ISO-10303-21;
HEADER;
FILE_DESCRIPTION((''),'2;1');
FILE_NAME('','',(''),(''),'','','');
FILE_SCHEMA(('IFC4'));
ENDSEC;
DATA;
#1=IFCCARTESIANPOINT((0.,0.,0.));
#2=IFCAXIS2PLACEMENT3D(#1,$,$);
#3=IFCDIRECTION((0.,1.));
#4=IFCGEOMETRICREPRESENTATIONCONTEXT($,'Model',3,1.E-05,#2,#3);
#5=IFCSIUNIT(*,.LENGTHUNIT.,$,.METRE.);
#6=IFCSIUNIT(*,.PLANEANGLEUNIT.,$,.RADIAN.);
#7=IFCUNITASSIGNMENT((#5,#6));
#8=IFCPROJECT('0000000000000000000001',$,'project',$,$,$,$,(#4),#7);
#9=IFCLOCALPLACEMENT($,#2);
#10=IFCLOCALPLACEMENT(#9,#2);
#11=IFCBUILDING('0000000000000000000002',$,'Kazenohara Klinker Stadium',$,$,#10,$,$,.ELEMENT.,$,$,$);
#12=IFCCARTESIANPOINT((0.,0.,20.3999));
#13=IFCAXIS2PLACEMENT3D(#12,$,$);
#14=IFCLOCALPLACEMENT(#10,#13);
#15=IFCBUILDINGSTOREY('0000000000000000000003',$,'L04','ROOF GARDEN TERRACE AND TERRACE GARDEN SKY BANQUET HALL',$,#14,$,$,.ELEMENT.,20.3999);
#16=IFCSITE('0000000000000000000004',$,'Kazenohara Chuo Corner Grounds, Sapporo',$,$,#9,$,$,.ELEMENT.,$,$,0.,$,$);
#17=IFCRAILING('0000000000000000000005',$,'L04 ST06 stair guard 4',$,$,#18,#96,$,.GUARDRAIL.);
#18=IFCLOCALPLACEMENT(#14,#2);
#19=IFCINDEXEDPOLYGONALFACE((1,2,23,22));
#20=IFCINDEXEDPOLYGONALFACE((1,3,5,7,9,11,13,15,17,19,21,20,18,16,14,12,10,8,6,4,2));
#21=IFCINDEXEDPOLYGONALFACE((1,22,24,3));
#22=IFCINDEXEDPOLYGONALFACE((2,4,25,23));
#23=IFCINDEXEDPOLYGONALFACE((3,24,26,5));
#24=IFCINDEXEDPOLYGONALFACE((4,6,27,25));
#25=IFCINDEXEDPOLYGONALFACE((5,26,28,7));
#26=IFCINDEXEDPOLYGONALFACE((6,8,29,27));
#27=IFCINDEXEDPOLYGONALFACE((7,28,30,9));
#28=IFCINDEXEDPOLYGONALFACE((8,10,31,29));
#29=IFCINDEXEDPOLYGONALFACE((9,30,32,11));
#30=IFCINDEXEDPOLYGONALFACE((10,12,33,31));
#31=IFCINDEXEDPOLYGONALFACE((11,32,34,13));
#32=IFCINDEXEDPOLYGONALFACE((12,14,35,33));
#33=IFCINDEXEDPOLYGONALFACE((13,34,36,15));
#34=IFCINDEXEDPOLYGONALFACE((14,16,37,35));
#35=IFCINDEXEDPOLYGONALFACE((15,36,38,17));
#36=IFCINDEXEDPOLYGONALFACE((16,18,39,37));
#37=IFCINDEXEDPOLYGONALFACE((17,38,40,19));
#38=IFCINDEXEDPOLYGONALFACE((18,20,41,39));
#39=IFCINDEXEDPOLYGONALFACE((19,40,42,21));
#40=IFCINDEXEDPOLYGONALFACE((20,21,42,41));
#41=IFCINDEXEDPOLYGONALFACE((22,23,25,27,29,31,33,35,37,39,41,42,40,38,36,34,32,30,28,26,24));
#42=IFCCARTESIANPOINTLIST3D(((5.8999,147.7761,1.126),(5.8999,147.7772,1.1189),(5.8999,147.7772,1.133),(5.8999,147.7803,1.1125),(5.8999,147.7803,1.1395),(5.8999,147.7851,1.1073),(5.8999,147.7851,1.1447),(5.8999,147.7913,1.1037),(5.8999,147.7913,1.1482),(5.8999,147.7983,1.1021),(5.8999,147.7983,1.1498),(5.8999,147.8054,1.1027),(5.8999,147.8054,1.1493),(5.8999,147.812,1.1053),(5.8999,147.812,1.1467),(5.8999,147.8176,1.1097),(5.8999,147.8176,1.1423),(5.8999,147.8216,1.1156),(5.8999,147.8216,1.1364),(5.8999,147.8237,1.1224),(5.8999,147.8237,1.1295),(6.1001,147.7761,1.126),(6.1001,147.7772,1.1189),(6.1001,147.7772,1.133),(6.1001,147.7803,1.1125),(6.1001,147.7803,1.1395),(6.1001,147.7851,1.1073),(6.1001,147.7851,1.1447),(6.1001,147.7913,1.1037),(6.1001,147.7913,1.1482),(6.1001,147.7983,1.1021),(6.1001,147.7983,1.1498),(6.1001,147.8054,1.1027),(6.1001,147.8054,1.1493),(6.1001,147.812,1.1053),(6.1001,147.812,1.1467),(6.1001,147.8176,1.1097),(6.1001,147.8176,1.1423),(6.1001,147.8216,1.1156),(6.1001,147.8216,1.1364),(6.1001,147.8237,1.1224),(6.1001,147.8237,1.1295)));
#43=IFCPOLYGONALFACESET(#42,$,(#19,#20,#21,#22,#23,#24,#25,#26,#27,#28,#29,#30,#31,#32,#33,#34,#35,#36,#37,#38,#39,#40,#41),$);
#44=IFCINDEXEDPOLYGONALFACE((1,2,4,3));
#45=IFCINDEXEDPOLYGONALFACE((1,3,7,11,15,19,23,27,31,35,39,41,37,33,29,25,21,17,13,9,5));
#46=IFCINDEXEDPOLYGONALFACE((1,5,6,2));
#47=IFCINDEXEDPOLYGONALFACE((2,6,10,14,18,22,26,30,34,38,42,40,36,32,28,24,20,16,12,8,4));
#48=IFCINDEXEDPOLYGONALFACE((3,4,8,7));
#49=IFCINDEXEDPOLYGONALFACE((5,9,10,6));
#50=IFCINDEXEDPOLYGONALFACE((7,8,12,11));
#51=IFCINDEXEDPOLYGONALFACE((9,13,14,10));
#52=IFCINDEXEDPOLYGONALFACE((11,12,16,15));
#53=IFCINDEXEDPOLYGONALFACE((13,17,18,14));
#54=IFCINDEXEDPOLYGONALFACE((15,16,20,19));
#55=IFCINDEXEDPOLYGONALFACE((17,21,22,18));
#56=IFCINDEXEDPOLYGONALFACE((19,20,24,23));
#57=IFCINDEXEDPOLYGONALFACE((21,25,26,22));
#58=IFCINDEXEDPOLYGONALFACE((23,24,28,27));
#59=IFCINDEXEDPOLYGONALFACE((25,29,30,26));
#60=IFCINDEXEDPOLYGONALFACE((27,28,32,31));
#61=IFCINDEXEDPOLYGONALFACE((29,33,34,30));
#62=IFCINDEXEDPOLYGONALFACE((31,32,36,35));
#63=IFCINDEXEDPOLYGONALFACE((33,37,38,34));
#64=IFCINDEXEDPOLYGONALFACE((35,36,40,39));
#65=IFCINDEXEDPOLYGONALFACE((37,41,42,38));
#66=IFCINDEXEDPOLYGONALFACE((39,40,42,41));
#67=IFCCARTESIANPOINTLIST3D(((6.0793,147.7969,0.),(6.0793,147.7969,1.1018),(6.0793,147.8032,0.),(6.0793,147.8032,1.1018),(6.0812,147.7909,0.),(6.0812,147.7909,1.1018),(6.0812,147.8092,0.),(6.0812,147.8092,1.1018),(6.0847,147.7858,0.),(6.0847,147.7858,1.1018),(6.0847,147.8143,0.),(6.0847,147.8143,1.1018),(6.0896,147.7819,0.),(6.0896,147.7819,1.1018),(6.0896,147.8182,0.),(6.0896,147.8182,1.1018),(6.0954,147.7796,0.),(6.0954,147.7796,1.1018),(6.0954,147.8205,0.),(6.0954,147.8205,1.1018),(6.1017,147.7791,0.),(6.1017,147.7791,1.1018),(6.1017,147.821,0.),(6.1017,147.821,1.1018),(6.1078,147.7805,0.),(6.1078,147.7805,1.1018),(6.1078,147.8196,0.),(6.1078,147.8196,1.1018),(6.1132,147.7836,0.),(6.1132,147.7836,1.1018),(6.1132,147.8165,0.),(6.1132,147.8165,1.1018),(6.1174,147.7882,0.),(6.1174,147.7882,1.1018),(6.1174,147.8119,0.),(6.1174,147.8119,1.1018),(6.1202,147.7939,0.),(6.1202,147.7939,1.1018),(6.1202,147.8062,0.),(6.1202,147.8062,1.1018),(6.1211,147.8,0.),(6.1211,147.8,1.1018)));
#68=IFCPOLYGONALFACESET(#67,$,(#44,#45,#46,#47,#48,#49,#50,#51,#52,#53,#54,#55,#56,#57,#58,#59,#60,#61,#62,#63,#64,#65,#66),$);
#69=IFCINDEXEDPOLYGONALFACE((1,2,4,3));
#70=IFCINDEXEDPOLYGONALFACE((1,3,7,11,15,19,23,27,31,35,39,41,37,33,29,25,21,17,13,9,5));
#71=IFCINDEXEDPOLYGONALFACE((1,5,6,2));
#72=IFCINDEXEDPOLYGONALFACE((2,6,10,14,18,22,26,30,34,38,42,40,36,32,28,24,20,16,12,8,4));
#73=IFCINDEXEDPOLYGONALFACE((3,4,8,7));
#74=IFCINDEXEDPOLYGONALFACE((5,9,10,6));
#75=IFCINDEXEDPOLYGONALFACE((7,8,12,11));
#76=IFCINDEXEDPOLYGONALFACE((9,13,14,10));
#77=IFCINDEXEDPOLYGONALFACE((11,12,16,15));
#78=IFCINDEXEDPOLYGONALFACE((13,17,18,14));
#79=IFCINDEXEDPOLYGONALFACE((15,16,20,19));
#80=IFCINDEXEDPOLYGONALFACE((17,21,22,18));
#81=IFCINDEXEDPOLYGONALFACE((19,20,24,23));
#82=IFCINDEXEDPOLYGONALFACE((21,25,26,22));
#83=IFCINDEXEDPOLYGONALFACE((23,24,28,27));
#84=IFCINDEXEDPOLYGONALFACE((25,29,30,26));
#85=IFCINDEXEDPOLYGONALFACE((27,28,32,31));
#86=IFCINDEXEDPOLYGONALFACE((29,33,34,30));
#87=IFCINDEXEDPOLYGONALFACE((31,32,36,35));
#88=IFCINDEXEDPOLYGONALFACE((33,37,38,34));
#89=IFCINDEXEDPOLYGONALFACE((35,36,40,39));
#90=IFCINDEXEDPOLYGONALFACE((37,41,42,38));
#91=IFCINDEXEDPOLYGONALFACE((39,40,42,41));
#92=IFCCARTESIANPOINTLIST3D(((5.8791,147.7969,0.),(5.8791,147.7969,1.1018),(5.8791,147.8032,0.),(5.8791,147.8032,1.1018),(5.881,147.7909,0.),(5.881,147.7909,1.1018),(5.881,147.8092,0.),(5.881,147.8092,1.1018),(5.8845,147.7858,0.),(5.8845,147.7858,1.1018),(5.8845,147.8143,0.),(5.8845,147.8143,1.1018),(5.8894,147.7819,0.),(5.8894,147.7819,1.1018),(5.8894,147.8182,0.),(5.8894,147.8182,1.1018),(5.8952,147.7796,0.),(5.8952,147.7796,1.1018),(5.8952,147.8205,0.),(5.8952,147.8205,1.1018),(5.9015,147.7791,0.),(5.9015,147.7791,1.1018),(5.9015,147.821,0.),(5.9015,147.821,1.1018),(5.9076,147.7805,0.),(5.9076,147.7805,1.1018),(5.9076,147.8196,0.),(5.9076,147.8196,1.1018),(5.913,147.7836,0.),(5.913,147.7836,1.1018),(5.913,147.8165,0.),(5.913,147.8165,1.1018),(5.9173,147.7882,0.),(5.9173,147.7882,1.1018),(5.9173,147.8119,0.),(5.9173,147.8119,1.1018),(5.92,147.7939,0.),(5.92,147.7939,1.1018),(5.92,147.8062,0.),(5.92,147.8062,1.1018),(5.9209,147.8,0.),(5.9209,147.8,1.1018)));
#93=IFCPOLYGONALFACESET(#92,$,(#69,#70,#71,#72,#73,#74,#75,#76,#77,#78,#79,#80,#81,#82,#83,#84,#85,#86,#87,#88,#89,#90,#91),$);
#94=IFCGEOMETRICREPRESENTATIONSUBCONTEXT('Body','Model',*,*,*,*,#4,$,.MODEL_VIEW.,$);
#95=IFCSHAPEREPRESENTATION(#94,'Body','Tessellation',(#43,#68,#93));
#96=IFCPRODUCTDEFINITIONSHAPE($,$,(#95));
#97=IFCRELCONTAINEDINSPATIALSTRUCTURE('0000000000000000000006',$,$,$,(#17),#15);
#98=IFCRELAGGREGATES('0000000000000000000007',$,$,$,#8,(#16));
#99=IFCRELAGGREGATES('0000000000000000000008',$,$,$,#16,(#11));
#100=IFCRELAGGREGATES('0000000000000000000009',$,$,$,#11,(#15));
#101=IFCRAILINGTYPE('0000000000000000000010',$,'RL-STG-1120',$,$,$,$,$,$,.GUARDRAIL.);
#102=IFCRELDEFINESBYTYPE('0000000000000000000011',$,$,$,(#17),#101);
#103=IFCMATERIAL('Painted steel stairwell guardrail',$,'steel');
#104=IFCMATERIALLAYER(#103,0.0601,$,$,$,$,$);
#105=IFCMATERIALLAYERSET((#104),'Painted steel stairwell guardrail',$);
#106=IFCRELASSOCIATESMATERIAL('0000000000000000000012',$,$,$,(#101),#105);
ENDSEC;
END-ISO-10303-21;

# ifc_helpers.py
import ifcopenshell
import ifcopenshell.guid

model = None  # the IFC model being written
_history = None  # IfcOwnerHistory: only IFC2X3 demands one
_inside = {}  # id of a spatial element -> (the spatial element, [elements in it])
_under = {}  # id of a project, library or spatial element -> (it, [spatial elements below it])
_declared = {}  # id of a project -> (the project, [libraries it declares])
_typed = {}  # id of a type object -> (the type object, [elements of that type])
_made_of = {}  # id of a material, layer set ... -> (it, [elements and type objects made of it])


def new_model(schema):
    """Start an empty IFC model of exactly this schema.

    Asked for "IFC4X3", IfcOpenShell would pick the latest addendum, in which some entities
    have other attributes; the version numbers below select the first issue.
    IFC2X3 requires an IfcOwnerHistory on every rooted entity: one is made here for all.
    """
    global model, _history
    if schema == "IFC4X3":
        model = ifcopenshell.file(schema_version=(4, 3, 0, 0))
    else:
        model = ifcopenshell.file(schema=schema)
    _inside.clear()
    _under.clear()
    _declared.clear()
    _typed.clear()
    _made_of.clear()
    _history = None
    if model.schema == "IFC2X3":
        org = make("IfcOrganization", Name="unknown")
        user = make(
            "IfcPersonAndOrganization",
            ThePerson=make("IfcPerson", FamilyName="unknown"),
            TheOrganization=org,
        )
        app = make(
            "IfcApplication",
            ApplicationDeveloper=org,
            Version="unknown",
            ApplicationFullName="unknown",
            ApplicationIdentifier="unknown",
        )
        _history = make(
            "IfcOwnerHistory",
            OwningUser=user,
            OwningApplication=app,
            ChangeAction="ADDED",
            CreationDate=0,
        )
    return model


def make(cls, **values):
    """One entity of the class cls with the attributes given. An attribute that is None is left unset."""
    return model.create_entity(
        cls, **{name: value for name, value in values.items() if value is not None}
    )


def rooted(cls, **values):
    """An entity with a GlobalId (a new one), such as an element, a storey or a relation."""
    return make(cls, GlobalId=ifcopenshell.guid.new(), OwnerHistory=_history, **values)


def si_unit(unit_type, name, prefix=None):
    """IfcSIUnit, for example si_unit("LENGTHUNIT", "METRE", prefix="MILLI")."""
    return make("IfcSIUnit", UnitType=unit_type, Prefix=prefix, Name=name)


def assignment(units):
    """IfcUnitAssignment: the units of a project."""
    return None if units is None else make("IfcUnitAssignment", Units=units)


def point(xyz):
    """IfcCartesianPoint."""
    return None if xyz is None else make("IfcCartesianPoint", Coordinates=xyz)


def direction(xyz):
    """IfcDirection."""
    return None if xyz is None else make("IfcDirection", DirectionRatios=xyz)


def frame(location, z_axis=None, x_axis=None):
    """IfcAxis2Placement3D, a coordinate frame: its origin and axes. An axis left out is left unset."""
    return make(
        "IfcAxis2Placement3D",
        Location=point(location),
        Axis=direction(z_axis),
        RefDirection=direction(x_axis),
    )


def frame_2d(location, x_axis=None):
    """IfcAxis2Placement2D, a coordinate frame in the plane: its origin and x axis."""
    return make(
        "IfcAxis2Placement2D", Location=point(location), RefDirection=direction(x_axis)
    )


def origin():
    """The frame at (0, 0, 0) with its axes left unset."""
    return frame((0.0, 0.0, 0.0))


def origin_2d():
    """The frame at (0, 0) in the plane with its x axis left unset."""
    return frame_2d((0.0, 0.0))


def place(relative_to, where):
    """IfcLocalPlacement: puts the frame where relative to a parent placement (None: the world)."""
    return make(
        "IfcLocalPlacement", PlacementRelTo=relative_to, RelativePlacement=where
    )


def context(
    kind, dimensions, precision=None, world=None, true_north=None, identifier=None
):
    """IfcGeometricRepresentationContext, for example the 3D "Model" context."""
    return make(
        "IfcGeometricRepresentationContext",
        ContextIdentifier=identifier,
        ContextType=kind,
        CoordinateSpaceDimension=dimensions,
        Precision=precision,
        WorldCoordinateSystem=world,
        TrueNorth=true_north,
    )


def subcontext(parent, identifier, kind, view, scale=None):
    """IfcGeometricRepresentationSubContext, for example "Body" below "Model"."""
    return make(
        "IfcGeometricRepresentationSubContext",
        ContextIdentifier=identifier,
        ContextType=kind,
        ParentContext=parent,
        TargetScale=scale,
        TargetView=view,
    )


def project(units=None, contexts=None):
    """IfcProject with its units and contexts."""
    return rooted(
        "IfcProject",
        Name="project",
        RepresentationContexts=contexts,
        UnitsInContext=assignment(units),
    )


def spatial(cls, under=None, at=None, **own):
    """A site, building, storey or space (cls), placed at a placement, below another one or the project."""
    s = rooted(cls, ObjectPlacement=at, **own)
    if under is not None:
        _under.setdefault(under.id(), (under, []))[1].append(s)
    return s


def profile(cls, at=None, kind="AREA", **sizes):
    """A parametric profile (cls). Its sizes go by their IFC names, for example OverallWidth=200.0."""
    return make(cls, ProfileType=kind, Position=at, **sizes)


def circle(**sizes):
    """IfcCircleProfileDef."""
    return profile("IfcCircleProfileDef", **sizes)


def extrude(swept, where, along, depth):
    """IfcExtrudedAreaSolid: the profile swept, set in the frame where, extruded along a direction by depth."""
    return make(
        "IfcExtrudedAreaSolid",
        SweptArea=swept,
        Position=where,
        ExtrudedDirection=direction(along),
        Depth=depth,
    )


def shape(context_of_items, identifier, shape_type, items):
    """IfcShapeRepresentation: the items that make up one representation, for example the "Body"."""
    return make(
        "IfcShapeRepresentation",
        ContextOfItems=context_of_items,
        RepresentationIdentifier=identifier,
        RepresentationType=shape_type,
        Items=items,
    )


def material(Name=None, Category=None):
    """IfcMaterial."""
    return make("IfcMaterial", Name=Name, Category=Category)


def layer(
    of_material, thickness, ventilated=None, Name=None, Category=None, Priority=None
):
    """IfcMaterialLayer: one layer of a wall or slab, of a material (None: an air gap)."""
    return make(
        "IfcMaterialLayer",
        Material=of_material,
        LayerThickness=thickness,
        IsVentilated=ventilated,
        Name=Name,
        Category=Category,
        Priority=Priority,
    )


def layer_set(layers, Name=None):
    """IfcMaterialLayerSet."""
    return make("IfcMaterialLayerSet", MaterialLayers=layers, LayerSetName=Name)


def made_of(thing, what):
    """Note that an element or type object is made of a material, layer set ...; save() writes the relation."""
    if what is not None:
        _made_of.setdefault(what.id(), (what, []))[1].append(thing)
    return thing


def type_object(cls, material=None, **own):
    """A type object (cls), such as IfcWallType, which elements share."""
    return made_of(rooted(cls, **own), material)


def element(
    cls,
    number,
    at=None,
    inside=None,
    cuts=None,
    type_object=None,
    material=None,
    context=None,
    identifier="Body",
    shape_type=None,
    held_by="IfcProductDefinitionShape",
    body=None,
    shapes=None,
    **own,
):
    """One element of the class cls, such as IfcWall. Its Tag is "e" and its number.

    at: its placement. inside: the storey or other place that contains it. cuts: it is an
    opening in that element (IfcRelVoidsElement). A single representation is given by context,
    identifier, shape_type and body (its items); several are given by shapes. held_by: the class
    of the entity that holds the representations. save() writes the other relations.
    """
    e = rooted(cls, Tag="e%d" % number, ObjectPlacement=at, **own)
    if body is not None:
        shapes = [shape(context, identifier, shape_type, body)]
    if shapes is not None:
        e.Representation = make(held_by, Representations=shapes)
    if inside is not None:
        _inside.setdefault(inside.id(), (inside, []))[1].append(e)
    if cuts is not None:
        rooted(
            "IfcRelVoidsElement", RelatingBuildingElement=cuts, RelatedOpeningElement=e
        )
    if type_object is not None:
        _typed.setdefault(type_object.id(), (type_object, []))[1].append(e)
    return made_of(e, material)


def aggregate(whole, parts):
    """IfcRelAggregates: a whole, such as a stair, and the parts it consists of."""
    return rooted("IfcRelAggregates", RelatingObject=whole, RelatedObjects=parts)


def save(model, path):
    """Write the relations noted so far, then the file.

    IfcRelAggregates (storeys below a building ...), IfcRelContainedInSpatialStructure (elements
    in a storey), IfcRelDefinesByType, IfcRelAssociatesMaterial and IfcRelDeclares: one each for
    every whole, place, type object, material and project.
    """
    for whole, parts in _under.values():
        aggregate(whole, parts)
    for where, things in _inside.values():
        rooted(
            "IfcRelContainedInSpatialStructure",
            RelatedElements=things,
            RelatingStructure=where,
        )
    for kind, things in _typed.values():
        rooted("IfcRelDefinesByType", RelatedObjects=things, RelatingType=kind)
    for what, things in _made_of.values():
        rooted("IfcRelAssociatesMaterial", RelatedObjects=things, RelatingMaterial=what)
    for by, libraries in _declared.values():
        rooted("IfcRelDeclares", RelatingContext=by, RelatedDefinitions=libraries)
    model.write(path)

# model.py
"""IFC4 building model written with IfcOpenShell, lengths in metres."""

from ifc_helpers import new_model, si_unit, direction, frame, origin, origin_2d, place, context, subcontext, project, spatial, circle, extrude, material, layer, layer_set, type_object, element, save


model = new_model("IFC4")

# Units and contexts
model_context = context("Model", 3, precision=1e-05, world=origin(), true_north=direction((0.0, 1.0)))
body_context = subcontext(model_context, "Body", "Model", "MODEL_VIEW")
ifc_project = project(units=[si_unit("LENGTHUNIT", "METRE"), si_unit("PLANEANGLEUNIT", "RADIAN")], contexts=[model_context])

# Site, building, storey
site_placement = place(None, origin())
site = spatial("IfcSite", under=ifc_project, at=site_placement, Name="Kazenohara Chuo Corner Grounds, Sapporo", CompositionType="ELEMENT", RefElevation=0.0)
building_placement = place(site_placement, origin())
building = spatial("IfcBuilding", under=site, at=building_placement, Name="Kazenohara Klinker Stadium", CompositionType="ELEMENT")
storey_placement = place(building_placement, frame((0.0, 0.0, 20.3999)))
storey = spatial("IfcBuildingStorey", under=building, at=storey_placement, Name="L04", Description="ROOF GARDEN TERRACE AND TERRACE GARDEN SKY BANQUET HALL", CompositionType="ELEMENT", Elevation=20.3999)

# Railing
ifc_material_1 = material(Name="Painted steel stairwell guardrail", Category="steel")
ifc_layer_1 = layer(ifc_material_1, 0.0601)
ifc_layer_set_1 = layer_set([ifc_layer_1], Name="Painted steel stairwell guardrail")
railing_type_1 = type_object("IfcRailingType", Name="RL-STG-1120", PredefinedType="GUARDRAIL", material=ifc_layer_set_1)
railing_1_placement = place(storey_placement, frame((6.1001, 147.8, 0.0)))
element("IfcRailing", 1, at=railing_1_placement, inside=storey, type_object=railing_type_1, Name="L04 ST06 stair guard 4", PredefinedType="GUARDRAIL", context=body_context, shape_type="SweptSolid", body=[
    extrude(circle(Radius=0.0239, at=origin_2d()), frame((0.0, 0.0, 1.126), z_axis=(-1.0, 0.0, 0.0), x_axis=(0.0, -1.0, 0.0)), (0.0, 0.0, 1.0), 0.2002),
    extrude(circle(Radius=0.021, at=origin_2d()), origin(), (0.0, 0.0, 1.0), 1.1018),
    extrude(circle(Radius=0.021, at=origin_2d()), frame((-0.2002, 0.0, 0.0)), (0.0, 0.0, 1.0), 1.1018),
])

save(model, "model.ifc")
